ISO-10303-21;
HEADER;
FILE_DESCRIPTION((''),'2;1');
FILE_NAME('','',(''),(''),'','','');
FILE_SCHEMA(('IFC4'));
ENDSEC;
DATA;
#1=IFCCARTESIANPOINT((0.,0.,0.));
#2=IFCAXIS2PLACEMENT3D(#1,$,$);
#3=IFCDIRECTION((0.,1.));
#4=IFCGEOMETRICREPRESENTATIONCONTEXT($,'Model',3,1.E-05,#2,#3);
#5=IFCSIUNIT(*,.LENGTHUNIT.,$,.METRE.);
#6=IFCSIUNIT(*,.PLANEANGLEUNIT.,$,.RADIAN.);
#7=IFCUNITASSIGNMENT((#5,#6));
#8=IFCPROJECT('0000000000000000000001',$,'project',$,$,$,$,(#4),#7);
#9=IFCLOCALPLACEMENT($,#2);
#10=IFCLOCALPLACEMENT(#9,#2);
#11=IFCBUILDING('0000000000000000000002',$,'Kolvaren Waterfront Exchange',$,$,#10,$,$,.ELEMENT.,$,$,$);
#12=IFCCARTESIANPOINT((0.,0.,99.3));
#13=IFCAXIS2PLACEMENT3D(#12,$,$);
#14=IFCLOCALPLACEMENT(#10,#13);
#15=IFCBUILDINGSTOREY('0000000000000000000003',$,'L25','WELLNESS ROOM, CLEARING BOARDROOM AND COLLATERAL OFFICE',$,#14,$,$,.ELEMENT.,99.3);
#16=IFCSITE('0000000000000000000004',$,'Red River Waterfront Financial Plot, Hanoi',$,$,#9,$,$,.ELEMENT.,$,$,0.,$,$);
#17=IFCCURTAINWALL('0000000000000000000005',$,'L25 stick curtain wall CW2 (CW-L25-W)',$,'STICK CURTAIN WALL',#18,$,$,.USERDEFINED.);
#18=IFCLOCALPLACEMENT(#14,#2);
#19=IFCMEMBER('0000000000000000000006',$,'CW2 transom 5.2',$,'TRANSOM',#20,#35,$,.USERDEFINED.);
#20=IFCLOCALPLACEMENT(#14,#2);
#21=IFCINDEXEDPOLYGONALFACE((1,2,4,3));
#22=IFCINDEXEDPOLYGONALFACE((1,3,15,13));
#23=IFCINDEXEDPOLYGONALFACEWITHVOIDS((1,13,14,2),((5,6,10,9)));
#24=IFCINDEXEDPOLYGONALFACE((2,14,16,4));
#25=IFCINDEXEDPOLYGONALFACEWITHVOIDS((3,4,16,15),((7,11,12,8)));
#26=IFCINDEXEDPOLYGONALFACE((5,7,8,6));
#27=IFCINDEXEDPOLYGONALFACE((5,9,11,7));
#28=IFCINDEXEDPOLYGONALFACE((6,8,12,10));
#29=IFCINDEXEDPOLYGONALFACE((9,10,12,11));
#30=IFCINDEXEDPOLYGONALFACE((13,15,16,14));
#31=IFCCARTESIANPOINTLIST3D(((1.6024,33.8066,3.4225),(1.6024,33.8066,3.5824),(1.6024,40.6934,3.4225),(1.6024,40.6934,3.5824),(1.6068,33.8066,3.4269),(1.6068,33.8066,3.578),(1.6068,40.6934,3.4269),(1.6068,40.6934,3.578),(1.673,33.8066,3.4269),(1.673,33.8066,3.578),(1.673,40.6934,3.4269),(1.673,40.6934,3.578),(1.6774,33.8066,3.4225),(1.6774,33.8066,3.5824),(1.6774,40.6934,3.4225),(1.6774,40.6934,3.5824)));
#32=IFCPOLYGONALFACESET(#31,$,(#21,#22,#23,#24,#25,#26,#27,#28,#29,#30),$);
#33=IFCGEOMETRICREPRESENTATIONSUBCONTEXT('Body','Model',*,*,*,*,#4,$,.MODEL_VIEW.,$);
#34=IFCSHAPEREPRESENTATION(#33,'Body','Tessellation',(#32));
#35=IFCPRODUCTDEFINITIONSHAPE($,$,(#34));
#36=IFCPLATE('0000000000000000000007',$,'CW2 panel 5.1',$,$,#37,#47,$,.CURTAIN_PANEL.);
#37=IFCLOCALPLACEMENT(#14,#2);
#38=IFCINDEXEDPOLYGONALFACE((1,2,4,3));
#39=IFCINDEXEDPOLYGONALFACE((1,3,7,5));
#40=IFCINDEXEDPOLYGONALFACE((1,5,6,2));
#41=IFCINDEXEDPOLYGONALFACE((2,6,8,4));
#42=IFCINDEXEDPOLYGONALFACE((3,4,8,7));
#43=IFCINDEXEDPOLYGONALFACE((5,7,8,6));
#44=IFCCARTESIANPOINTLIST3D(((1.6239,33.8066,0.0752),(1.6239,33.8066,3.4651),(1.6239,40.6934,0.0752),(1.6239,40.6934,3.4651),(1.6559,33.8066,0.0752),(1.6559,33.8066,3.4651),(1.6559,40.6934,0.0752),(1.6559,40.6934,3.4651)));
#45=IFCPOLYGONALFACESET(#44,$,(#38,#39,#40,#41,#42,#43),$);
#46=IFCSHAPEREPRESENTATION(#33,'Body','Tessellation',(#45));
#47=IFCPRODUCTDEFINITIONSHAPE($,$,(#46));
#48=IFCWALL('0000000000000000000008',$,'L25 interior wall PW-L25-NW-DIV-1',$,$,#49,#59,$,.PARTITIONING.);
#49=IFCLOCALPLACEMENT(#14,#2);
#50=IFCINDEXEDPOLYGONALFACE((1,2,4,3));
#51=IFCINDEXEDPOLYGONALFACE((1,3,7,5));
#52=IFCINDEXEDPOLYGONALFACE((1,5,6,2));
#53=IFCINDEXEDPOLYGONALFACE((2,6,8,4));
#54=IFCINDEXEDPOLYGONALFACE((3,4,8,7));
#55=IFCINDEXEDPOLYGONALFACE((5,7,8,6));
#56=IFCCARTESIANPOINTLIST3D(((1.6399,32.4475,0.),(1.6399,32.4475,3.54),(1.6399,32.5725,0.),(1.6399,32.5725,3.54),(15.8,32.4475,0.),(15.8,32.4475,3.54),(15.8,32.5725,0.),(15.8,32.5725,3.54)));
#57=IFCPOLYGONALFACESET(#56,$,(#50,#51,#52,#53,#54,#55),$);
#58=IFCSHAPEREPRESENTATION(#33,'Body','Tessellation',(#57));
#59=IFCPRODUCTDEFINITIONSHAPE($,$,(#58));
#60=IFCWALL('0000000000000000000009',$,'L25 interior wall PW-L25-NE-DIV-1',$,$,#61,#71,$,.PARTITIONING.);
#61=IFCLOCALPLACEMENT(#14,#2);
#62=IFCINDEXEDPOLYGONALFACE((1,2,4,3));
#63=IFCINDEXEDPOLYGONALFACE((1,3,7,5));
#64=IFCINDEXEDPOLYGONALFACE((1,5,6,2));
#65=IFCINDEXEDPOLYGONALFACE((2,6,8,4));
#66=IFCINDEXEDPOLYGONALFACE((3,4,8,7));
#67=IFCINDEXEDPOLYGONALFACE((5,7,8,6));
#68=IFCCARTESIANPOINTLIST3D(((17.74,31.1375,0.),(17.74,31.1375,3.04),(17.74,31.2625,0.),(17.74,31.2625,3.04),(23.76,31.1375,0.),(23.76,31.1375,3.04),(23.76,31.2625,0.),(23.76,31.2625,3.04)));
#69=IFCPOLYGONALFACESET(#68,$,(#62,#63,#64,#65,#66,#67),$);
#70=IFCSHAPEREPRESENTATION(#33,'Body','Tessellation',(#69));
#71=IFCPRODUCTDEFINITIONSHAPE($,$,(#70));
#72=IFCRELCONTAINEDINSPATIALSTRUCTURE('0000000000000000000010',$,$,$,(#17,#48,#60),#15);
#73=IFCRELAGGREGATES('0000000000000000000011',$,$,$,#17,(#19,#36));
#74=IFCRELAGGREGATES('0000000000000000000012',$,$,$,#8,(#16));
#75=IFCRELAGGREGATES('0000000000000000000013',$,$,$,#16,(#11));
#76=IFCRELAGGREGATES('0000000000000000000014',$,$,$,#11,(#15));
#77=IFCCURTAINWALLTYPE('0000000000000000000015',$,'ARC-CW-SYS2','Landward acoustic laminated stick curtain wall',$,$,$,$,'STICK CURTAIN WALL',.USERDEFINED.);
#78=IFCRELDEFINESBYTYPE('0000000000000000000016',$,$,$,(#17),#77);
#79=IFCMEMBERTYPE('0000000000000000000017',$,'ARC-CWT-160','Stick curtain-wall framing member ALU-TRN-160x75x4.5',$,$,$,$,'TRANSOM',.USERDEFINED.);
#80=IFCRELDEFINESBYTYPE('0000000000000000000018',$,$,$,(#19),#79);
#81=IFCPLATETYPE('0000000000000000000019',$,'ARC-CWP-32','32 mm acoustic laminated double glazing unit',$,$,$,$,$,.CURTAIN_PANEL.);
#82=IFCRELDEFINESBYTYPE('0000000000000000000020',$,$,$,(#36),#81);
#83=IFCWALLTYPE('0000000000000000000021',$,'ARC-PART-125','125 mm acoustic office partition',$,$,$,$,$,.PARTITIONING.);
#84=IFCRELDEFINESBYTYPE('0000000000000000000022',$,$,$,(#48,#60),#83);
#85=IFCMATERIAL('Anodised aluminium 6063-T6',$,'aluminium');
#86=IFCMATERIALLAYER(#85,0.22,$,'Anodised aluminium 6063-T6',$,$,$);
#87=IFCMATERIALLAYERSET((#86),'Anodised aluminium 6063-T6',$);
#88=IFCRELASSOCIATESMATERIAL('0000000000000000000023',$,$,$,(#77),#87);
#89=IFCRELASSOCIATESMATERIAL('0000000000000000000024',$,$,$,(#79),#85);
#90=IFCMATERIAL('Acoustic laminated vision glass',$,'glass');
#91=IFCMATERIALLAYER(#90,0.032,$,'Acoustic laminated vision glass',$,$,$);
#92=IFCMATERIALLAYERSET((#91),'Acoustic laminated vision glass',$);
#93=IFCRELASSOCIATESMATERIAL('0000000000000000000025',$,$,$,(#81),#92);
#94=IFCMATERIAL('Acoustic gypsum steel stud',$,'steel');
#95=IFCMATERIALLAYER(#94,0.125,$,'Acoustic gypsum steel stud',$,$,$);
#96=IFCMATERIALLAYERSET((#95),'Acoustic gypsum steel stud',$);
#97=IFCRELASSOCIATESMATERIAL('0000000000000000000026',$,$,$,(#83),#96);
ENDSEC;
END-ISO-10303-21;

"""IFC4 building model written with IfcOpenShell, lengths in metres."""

from ifc_helpers import new_model, si_unit, direction, frame, frame_2d, origin, origin_with_axes, origin_2d, place, context, subcontext, project, spatial, rectangle, hollow_rectangle, extrude, source, transform, mapped, material, layer, layer_set, material_profile, profile_set, type_object, element, aggregate, save


model = new_model("IFC4")

# Units and contexts
model_context = context("Model", 3, precision=1e-05, world=origin(), true_north=direction((0.0, 1.0)))
body_context = subcontext(model_context, "Body", "Model", "MODEL_VIEW")
ifc_project = project(units=[si_unit("LENGTHUNIT", "METRE"), si_unit("PLANEANGLEUNIT", "RADIAN")], contexts=[model_context])

# Site, building, storey
site_placement = place(None, origin())
site = spatial("IfcSite", under=ifc_project, at=site_placement, Name="Red River Waterfront Financial Plot, Hanoi", CompositionType="ELEMENT", RefElevation=0.0)
building_placement = place(site_placement, origin())
building = spatial("IfcBuilding", under=site, at=building_placement, Name="Kolvaren Waterfront Exchange", CompositionType="ELEMENT")
storey_placement = place(building_placement, frame((0.0, 0.0, 99.3)))
storey = spatial("IfcBuildingStorey", under=building, at=storey_placement, Name="L25", Description="WELLNESS ROOM, CLEARING BOARDROOM AND COLLATERAL OFFICE", CompositionType="ELEMENT", Elevation=99.3)

# Curtain wall, member, plate
ifc_material_1 = material(Name="Anodised aluminium 6063-T6", Category="aluminium")
ifc_layer_1 = layer(ifc_material_1, 0.22, Name="Anodised aluminium 6063-T6")
ifc_layer_set_1 = layer_set([ifc_layer_1], Name="Anodised aluminium 6063-T6")
curtain_wall_type = type_object("IfcCurtainWallType", Name="ARC-CW-SYS2", Description="Landward acoustic laminated stick curtain wall", ElementType="STICK CURTAIN WALL", PredefinedType="USERDEFINED", material=ifc_layer_set_1)
curtain_wall_placement = place(storey_placement, origin())
curtain_wall = element("IfcCurtainWall", 1, at=curtain_wall_placement, inside=storey, type_object=curtain_wall_type, Name="L25 stick curtain wall CW2 (CW-L25-W)", ObjectType="STICK CURTAIN WALL", PredefinedType="USERDEFINED")
ifc_material_profile_1 = material_profile(ifc_material_1, hollow_rectangle(XDim=0.075, YDim=0.1599, WallThickness=0.0044, at=origin_2d()), Name="ALU-TRN-160x75x4.5")
ifc_profile_set_1 = profile_set([ifc_material_profile_1], Name="Anodised aluminium 6063-T6")
member_type_1 = type_object("IfcMemberType", Name="ARC-CWT-160", Description="Stick curtain-wall framing member ALU-TRN-160x75x4.5", ElementType="TRANSOM", PredefinedType="USERDEFINED", material=ifc_profile_set_1)
shared_shape_1 = source(origin_with_axes(), body_context, "Body", "SweptSolid", [
    extrude(hollow_rectangle(XDim=0.075, YDim=0.1599, WallThickness=0.0044, at=origin_2d()), origin(), (0.0, 0.0, 1.0), 6.8867),
])
member_1_placement = place(storey_placement, frame((1.6399, 33.8066, 3.5024), z_axis=(0.0, 1.0, 0.0), x_axis=(-1.0, 0.0, 0.0)))
member_1 = element("IfcMember", 2, at=member_1_placement, type_object=member_type_1, Name="CW2 transom 5.2", ObjectType="TRANSOM", PredefinedType="USERDEFINED", context=body_context, shape_type="MappedRepresentation", body=[
    mapped(shared_shape_1, transform((0.0, 0.0, 0.0), x_axis=(1.0, 0.0, 0.0), y_axis=(0.0, 1.0, 0.0), z_axis=(0.0, 0.0, 1.0), scale=1.0)),
])
ifc_material_2 = material(Name="Acoustic laminated vision glass", Category="glass")
ifc_layer_2 = layer(ifc_material_2, 0.032, Name="Acoustic laminated vision glass")
ifc_layer_set_2 = layer_set([ifc_layer_2], Name="Acoustic laminated vision glass")
plate_type = type_object("IfcPlateType", Name="ARC-CWP-32", Description="32 mm acoustic laminated double glazing unit", PredefinedType="CURTAIN_PANEL", material=ifc_layer_set_2)
shared_shape_2 = source(origin_with_axes(), body_context, "Body", "SweptSolid", [
    extrude(rectangle(XDim=6.8867, YDim=0.032, at=origin_2d()), origin(), (0.0, 0.0, 1.0), 3.3899),
])
plate_placement = place(storey_placement, frame((1.6399, 37.25, 0.0752), z_axis=(0.0, 0.0, 1.0), x_axis=(0.0, 1.0, 0.0)))
plate = element("IfcPlate", 3, at=plate_placement, type_object=plate_type, Name="CW2 panel 5.1", PredefinedType="CURTAIN_PANEL", context=body_context, shape_type="MappedRepresentation", body=[
    mapped(shared_shape_2, transform((0.0, 0.0, 0.0), x_axis=(1.0, 0.0, 0.0), y_axis=(0.0, 1.0, 0.0), z_axis=(0.0, 0.0, 1.0), scale=1.0)),
])
aggregate(curtain_wall, [member_1, plate])

# Walls
ifc_material_3 = material(Name="Acoustic gypsum steel stud", Category="steel")
ifc_layer_3 = layer(ifc_material_3, 0.125, Name="Acoustic gypsum steel stud")
ifc_layer_set_3 = layer_set([ifc_layer_3], Name="Acoustic gypsum steel stud")
wall_type = type_object("IfcWallType", Name="ARC-PART-125", Description="125 mm acoustic office partition", PredefinedType="PARTITIONING", material=ifc_layer_set_3)
wall_1_placement = place(storey_placement, frame((1.6399, 32.51, 0.0), z_axis=(0.0, 0.0, 1.0), x_axis=(1.0, 0.0, 0.0)))
element("IfcWall", 4, at=wall_1_placement, inside=storey, type_object=wall_type, Name="L25 interior wall PW-L25-NW-DIV-1", PredefinedType="PARTITIONING", context=body_context, shape_type="SweptSolid", body=[
    extrude(rectangle(XDim=14.1602, YDim=0.125, at=frame_2d((7.0801, 0.0))), origin(), (0.0, 0.0, 1.0), 3.54),
])
wall_2_placement = place(storey_placement, frame((17.74, 31.2, 0.0), z_axis=(0.0, 0.0, 1.0), x_axis=(1.0, 0.0, 0.0)))
element("IfcWall", 5, at=wall_2_placement, inside=storey, type_object=wall_type, Name="L25 interior wall PW-L25-NE-DIV-1", PredefinedType="PARTITIONING", context=body_context, shape_type="SweptSolid", body=[
    extrude(rectangle(XDim=6.02, YDim=0.125, at=frame_2d((3.01, 0.0))), origin(), (0.0, 0.0, 1.0), 3.04),
])

save(model, "model.ifc")
